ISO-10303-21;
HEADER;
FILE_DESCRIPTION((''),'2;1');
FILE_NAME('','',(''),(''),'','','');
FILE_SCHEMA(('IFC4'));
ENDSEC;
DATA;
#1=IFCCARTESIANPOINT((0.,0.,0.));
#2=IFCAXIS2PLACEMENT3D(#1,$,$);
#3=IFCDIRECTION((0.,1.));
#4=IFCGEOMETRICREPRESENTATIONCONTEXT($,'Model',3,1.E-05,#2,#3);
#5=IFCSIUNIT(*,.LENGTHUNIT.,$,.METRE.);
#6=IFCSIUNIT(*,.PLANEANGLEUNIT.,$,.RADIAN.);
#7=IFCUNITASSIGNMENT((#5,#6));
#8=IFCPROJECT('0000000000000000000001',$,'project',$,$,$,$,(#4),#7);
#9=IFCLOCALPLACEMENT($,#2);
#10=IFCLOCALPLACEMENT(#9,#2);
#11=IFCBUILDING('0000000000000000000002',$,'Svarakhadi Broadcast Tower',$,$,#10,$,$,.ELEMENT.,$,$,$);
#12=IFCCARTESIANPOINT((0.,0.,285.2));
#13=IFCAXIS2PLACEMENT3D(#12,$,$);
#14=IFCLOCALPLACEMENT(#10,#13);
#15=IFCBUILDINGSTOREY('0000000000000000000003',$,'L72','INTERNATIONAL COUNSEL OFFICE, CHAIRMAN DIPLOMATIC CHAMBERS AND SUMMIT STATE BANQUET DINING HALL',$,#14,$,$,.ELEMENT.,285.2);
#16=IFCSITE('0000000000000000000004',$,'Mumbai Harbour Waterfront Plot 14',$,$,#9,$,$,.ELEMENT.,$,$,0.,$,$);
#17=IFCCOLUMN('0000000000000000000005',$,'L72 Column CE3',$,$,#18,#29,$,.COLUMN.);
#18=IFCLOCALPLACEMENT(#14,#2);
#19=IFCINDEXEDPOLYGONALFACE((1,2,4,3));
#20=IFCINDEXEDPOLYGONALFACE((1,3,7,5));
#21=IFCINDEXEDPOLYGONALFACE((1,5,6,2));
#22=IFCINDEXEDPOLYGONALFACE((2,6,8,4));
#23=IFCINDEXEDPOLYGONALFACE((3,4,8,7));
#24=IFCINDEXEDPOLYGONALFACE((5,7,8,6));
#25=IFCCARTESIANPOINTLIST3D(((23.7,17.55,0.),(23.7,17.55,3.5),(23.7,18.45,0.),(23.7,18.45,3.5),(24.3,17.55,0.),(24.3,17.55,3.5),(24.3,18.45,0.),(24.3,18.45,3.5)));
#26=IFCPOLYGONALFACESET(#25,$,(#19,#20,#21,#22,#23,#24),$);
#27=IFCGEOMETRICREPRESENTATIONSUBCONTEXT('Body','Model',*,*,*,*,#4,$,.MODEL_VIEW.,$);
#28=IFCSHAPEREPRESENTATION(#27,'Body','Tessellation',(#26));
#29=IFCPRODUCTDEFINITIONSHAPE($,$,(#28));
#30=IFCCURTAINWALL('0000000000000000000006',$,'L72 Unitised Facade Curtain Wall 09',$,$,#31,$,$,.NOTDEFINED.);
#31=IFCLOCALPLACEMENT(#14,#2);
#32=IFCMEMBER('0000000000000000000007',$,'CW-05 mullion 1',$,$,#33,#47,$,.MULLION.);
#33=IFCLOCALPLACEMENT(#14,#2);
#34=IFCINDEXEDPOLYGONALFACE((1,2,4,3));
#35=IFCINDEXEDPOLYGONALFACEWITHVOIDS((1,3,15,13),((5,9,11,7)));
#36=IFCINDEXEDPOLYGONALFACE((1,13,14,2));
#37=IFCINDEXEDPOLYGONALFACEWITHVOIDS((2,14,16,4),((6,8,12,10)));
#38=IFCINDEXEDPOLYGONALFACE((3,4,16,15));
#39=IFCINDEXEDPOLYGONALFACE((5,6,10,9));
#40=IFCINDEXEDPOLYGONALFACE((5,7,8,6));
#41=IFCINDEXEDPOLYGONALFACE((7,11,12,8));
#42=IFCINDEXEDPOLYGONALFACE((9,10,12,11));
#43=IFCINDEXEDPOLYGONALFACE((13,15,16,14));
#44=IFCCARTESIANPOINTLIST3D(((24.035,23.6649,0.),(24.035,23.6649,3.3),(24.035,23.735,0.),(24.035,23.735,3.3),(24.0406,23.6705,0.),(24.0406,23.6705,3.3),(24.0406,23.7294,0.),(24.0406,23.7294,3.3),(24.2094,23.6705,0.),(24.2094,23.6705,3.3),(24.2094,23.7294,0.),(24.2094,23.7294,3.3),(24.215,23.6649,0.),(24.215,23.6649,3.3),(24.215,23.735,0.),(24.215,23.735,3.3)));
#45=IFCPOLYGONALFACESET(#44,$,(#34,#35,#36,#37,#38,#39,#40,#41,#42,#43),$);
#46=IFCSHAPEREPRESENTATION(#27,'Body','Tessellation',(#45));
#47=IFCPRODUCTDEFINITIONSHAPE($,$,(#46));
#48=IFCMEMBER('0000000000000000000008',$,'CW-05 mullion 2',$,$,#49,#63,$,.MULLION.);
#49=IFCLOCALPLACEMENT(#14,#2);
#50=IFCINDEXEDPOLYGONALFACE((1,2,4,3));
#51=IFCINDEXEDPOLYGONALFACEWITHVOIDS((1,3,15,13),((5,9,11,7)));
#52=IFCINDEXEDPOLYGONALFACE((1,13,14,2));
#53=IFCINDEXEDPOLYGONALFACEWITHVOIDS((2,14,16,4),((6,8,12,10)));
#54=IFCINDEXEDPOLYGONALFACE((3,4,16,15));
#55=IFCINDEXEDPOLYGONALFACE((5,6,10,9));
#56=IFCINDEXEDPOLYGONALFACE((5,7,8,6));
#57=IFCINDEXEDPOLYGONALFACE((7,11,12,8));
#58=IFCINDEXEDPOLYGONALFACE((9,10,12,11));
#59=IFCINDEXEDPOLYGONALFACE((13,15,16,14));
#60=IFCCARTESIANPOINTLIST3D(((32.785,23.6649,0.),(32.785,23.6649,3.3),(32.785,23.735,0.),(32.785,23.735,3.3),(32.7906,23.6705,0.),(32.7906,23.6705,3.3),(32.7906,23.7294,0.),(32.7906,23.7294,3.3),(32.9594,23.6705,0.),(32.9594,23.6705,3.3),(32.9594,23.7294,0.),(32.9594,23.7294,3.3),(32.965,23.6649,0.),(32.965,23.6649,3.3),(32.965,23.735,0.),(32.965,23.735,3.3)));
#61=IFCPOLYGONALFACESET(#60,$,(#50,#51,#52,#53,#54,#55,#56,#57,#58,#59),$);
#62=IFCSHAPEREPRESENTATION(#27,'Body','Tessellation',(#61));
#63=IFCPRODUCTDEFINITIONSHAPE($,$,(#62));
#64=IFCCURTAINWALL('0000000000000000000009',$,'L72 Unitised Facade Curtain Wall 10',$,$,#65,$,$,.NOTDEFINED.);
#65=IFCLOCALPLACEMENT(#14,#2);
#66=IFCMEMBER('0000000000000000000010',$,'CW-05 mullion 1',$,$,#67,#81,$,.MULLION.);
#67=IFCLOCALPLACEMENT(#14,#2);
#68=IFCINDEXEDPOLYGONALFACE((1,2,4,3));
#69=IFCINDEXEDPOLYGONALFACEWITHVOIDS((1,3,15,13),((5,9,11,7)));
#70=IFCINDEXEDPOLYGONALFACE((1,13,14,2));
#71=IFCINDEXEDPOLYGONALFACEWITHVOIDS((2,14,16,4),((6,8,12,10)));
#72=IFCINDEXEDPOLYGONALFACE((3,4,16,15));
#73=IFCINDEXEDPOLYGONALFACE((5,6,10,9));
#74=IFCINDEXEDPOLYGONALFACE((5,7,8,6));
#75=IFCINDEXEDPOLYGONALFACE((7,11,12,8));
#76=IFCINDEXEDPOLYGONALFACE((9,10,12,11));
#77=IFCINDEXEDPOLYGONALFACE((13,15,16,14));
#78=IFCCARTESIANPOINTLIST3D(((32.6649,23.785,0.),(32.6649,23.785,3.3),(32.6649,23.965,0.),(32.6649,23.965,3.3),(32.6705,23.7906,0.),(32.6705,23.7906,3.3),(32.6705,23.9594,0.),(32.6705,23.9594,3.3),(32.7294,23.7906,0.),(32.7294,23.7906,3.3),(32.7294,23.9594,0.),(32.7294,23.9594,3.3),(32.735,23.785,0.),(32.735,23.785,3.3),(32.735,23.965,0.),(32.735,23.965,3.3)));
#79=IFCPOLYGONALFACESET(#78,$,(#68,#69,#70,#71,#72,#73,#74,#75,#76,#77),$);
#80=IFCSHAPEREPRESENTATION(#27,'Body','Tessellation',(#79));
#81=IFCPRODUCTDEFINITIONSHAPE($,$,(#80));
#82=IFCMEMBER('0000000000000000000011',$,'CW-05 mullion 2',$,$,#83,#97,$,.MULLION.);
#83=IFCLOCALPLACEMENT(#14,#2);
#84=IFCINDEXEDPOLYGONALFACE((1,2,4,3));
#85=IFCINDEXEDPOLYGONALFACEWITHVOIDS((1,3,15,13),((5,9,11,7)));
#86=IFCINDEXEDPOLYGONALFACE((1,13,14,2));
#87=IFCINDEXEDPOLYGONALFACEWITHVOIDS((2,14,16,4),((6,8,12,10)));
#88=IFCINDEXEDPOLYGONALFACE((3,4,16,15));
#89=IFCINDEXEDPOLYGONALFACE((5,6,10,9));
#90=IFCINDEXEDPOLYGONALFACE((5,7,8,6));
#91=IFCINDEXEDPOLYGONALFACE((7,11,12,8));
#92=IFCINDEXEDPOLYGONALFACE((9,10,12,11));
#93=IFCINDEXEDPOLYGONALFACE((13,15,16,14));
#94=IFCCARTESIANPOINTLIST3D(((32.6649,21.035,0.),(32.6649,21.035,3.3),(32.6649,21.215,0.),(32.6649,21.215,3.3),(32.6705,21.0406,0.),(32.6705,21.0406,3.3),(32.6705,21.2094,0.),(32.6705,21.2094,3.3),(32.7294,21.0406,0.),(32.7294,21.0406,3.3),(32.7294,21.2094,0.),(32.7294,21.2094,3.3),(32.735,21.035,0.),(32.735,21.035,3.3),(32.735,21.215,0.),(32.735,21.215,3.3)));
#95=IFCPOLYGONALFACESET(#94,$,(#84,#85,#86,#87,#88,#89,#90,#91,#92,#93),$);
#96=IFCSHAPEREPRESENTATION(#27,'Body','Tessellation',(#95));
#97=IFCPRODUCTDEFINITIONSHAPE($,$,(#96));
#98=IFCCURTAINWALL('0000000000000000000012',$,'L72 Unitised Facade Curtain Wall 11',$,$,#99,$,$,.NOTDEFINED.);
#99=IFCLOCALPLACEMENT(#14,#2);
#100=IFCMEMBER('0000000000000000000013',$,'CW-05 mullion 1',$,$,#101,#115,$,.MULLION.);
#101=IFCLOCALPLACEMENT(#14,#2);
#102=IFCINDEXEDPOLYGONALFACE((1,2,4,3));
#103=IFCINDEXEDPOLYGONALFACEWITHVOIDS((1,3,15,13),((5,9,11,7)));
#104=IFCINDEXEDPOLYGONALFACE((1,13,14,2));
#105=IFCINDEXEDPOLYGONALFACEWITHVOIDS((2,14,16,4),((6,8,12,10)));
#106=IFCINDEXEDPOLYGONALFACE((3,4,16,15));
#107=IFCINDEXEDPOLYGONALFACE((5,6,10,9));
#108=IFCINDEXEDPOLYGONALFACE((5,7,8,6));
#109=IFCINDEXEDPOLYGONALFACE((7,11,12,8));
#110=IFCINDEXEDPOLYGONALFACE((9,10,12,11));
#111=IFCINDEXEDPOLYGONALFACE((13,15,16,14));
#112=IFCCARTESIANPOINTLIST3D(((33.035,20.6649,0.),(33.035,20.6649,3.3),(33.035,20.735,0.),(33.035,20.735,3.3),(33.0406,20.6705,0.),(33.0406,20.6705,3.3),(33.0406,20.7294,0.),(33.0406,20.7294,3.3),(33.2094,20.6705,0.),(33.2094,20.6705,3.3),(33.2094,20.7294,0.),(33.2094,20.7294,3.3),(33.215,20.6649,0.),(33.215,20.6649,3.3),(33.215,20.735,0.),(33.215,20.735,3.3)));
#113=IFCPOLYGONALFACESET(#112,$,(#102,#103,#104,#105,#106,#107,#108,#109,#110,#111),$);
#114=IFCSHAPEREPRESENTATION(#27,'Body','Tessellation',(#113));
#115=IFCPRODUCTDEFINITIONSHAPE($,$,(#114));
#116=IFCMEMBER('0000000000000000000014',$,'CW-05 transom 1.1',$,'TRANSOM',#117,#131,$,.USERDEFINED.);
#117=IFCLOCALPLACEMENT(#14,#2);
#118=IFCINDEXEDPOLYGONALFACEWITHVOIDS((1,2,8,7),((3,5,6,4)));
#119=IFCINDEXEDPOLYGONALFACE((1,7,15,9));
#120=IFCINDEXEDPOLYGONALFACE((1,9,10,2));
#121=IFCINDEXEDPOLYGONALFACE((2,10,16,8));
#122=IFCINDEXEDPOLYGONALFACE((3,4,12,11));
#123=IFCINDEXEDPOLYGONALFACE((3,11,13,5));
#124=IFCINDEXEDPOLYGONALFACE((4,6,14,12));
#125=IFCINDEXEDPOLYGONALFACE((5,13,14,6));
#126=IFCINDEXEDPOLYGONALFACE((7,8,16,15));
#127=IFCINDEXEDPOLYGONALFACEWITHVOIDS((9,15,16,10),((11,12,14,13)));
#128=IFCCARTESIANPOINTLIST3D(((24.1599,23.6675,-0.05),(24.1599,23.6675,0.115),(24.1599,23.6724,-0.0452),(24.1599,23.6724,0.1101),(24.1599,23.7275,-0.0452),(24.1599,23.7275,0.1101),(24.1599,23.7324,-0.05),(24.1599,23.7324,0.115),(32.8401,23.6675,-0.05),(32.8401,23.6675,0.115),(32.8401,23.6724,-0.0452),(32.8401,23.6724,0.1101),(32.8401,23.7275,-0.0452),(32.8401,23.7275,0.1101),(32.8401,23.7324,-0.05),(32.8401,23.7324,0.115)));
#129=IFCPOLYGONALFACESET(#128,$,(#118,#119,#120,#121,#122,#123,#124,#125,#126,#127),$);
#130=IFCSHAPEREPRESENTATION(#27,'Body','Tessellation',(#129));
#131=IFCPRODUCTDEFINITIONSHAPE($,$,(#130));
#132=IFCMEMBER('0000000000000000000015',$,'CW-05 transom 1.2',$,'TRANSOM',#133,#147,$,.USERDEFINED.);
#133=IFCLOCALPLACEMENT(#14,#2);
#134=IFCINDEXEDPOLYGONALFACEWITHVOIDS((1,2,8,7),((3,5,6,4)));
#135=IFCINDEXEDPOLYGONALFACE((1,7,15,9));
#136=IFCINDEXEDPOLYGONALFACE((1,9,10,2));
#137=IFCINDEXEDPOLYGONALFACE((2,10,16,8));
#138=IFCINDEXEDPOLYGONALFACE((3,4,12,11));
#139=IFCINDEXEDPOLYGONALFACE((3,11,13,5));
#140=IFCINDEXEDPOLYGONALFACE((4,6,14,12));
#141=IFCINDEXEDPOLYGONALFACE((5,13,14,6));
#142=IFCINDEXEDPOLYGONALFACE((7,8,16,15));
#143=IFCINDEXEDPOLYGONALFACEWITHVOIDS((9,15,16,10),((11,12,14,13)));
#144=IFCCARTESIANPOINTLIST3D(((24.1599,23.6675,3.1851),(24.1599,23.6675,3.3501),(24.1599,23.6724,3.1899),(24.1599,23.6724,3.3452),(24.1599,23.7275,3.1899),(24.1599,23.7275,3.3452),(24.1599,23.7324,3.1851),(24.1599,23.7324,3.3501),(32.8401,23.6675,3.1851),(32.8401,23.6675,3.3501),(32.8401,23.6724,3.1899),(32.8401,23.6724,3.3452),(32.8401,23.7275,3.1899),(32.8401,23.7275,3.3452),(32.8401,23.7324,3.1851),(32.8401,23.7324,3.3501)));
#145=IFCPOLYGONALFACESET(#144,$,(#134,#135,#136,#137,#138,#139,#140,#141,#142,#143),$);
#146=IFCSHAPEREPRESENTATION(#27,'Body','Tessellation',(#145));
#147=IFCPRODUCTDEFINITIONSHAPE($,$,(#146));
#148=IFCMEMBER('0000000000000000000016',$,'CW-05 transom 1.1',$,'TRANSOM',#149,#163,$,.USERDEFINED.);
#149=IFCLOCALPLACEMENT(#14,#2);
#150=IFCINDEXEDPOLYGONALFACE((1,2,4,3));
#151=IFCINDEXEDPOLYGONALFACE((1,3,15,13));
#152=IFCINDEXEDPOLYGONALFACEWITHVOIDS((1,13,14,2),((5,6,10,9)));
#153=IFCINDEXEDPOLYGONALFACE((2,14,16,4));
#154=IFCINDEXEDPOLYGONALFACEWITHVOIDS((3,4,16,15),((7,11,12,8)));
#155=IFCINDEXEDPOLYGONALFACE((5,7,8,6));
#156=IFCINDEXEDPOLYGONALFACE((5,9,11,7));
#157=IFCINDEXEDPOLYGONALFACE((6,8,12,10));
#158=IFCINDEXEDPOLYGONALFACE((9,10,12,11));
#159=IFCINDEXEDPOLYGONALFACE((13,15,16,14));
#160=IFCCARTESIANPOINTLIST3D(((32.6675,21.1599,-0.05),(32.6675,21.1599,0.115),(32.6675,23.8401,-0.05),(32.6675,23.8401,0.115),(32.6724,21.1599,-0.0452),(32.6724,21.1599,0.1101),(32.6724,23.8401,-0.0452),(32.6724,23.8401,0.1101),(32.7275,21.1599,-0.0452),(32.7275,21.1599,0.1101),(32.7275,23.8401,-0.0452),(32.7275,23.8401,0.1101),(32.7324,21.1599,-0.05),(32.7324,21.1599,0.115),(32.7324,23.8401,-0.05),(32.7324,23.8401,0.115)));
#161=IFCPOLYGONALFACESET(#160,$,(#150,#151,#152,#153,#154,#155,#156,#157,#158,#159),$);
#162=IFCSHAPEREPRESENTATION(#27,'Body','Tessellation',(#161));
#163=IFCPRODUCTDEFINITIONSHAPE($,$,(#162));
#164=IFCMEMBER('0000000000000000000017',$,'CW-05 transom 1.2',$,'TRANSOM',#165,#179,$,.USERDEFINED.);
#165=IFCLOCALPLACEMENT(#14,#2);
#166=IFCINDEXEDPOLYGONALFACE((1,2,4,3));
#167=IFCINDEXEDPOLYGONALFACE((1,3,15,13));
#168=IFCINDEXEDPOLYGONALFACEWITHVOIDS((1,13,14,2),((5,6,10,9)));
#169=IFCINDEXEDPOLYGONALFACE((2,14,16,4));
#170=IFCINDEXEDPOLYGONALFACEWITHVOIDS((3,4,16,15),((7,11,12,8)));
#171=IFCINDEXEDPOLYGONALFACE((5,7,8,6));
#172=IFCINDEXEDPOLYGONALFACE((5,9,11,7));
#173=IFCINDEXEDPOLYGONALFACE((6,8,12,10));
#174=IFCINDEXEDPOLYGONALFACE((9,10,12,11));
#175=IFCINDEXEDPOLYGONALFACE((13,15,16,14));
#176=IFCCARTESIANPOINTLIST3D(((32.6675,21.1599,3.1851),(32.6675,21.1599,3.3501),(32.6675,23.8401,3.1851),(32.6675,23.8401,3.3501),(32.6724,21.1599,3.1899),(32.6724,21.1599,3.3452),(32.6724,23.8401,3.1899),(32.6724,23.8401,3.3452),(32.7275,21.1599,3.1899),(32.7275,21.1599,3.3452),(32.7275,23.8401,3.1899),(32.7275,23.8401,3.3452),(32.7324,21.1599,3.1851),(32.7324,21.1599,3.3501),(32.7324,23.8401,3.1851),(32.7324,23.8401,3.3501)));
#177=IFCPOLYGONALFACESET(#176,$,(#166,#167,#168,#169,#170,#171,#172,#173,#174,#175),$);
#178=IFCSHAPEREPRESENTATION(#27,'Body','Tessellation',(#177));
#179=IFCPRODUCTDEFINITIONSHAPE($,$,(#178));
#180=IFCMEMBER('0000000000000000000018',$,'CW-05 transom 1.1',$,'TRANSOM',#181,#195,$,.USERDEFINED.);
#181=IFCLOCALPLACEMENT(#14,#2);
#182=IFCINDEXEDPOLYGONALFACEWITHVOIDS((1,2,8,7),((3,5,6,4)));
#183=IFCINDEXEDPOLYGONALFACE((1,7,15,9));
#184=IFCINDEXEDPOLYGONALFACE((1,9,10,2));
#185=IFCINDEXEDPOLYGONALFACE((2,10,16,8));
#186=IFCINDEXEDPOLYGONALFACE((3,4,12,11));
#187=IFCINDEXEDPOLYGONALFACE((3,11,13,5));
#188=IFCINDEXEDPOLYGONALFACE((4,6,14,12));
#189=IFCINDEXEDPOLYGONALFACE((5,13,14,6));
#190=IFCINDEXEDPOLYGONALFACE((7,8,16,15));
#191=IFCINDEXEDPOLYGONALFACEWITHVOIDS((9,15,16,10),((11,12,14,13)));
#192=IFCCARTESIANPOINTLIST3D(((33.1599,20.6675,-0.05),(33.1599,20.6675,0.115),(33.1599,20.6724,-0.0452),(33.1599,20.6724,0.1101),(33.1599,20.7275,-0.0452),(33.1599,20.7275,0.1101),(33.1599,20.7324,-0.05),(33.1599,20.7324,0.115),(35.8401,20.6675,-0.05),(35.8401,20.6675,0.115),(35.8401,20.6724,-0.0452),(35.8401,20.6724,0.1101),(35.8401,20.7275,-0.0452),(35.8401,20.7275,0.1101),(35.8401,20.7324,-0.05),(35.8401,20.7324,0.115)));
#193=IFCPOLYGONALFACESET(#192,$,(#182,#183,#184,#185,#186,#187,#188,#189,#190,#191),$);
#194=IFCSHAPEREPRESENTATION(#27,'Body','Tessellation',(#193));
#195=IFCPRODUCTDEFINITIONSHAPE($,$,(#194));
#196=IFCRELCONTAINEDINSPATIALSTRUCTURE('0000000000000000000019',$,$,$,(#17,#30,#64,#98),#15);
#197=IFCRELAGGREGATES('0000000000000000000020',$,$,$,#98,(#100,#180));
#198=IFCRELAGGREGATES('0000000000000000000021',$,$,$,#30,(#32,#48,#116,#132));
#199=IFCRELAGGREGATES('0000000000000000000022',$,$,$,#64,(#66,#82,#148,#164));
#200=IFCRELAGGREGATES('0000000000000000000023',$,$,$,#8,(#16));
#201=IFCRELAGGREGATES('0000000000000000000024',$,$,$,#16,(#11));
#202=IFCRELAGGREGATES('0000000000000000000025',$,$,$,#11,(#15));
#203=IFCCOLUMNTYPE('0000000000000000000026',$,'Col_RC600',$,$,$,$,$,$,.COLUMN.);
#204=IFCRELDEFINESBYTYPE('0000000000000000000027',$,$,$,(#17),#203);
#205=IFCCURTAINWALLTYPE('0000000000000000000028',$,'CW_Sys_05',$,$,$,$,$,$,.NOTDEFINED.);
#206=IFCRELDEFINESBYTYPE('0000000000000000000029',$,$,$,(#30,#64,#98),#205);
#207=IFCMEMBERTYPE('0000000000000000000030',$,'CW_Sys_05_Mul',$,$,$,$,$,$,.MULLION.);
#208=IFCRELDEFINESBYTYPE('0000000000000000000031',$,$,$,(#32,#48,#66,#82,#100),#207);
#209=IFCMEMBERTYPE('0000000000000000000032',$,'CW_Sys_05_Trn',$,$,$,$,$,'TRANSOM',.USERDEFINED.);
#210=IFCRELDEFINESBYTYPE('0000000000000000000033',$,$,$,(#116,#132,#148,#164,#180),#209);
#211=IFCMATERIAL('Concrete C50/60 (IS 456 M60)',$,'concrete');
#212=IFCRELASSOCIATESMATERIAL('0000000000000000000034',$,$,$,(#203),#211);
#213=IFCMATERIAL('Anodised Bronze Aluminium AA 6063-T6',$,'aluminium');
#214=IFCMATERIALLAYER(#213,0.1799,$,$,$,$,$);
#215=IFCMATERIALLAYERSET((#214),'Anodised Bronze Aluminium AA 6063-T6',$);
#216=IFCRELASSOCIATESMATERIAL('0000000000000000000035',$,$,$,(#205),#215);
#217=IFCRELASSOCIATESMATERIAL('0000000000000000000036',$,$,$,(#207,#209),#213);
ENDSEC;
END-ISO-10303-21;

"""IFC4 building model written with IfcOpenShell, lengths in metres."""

from ifc_helpers import new_model, si_unit, direction, frame, origin, origin_2d, place, context, subcontext, project, spatial, rectangle, hollow_rectangle, extrude, material, layer, layer_set, material_profile, profile_set, type_object, element, aggregate, save


model = new_model("IFC4")

# Units and contexts
model_context = context("Model", 3, precision=1e-05, world=origin(), true_north=direction((0.0, 1.0)))
body_context = subcontext(model_context, "Body", "Model", "MODEL_VIEW")
ifc_project = project(units=[si_unit("LENGTHUNIT", "METRE"), si_unit("PLANEANGLEUNIT", "RADIAN")], contexts=[model_context])

# Site, building, storey
site_placement = place(None, origin())
site = spatial("IfcSite", under=ifc_project, at=site_placement, Name="Mumbai Harbour Waterfront Plot 14", CompositionType="ELEMENT", RefElevation=0.0)
building_placement = place(site_placement, origin())
building = spatial("IfcBuilding", under=site, at=building_placement, Name="Svarakhadi Broadcast Tower", CompositionType="ELEMENT")
storey_placement = place(building_placement, frame((0.0, 0.0, 285.2)))
storey = spatial("IfcBuildingStorey", under=building, at=storey_placement, Name="L72", Description="INTERNATIONAL COUNSEL OFFICE, CHAIRMAN DIPLOMATIC CHAMBERS AND SUMMIT STATE BANQUET DINING HALL", CompositionType="ELEMENT", Elevation=285.2)

# Column
ifc_material_1 = material(Name="Concrete C50/60 (IS 456 M60)", Category="concrete")
ifc_material_profile_1 = material_profile(ifc_material_1, rectangle(XDim=0.6001, YDim=0.8999, at=origin_2d()), Name="RC 600x900")
ifc_profile_set_1 = profile_set([ifc_material_profile_1], Name="Concrete C50/60 (IS 456 M60)")
column_type = type_object("IfcColumnType", Name="Col_RC600", PredefinedType="COLUMN", material=ifc_profile_set_1)
column_placement = place(storey_placement, frame((24.0, 18.0, 0.0), z_axis=(0.0, 0.0, 1.0), x_axis=(1.0, 0.0, 0.0)))
element("IfcColumn", 1, at=column_placement, inside=storey, type_object=column_type, Name="L72 Column CE3", PredefinedType="COLUMN", context=body_context, shape_type="SweptSolid", body=[
    extrude(rectangle(XDim=0.6001, YDim=0.8999, at=origin_2d()), origin(), (0.0, 0.0, 1.0), 3.5),
])

# Curtain walls, members
ifc_material_2 = material(Name="Anodised Bronze Aluminium AA 6063-T6", Category="aluminium")
ifc_layer_1 = layer(ifc_material_2, 0.1799)
ifc_layer_set_1 = layer_set([ifc_layer_1], Name="Anodised Bronze Aluminium AA 6063-T6")
curtain_wall_type = type_object("IfcCurtainWallType", Name="CW_Sys_05", PredefinedType="NOTDEFINED", material=ifc_layer_set_1)
curtain_wall_1_placement = place(storey_placement, origin())
curtain_wall_1 = element("IfcCurtainWall", 2, at=curtain_wall_1_placement, inside=storey, type_object=curtain_wall_type, Name="L72 Unitised Facade Curtain Wall 09", PredefinedType="NOTDEFINED")
ifc_material_profile_2 = material_profile(ifc_material_2, hollow_rectangle(XDim=0.0701, YDim=0.1799, WallThickness=0.0056, at=origin_2d()), Name="ALU MULLION 180x70x6")
ifc_profile_set_2 = profile_set([ifc_material_profile_2], Name="Anodised Bronze Aluminium AA 6063-T6")
member_type_1 = type_object("IfcMemberType", Name="CW_Sys_05_Mul", PredefinedType="MULLION", material=ifc_profile_set_2)
member_1_placement = place(storey_placement, frame((24.125, 23.7, 0.0), z_axis=(0.0, 0.0, 1.0), x_axis=(0.0, 1.0, 0.0)))
member_1 = element("IfcMember", 3, at=member_1_placement, type_object=member_type_1, Name="CW-05 mullion 1", PredefinedType="MULLION", context=body_context, shape_type="SweptSolid", body=[
    extrude(hollow_rectangle(XDim=0.0701, YDim=0.1799, WallThickness=0.0056, at=origin_2d()), origin(), (0.0, 0.0, 1.0), 3.3),
])
member_2_placement = place(storey_placement, frame((32.875, 23.7, 0.0), z_axis=(0.0, 0.0, 1.0), x_axis=(0.0, 1.0, 0.0)))
member_2 = element("IfcMember", 4, at=member_2_placement, type_object=member_type_1, Name="CW-05 mullion 2", PredefinedType="MULLION", context=body_context, shape_type="SweptSolid", body=[
    extrude(hollow_rectangle(XDim=0.0701, YDim=0.1799, WallThickness=0.0056, at=origin_2d()), origin(), (0.0, 0.0, 1.0), 3.3),
])
curtain_wall_2_placement = place(storey_placement, origin())
curtain_wall_2 = element("IfcCurtainWall", 5, at=curtain_wall_2_placement, inside=storey, type_object=curtain_wall_type, Name="L72 Unitised Facade Curtain Wall 10", PredefinedType="NOTDEFINED")
member_3_placement = place(storey_placement, frame((32.7, 23.875, 0.0), z_axis=(0.0, 0.0, 1.0), x_axis=(1.0, 0.0, 0.0)))
member_3 = element("IfcMember", 6, at=member_3_placement, type_object=member_type_1, Name="CW-05 mullion 1", PredefinedType="MULLION", context=body_context, shape_type="SweptSolid", body=[
    extrude(hollow_rectangle(XDim=0.0701, YDim=0.1799, WallThickness=0.0056, at=origin_2d()), origin(), (0.0, 0.0, 1.0), 3.3),
])
member_4_placement = place(storey_placement, frame((32.7, 21.125, 0.0), z_axis=(0.0, 0.0, 1.0), x_axis=(1.0, 0.0, 0.0)))
member_4 = element("IfcMember", 7, at=member_4_placement, type_object=member_type_1, Name="CW-05 mullion 2", PredefinedType="MULLION", context=body_context, shape_type="SweptSolid", body=[
    extrude(hollow_rectangle(XDim=0.0701, YDim=0.1799, WallThickness=0.0056, at=origin_2d()), origin(), (0.0, 0.0, 1.0), 3.3),
])

# Curtain wall, member
curtain_wall_3_placement = place(storey_placement, origin())
curtain_wall_3 = element("IfcCurtainWall", 8, at=curtain_wall_3_placement, inside=storey, type_object=curtain_wall_type, Name="L72 Unitised Facade Curtain Wall 11", PredefinedType="NOTDEFINED")
member_5_placement = place(storey_placement, frame((33.125, 20.7, 0.0), z_axis=(0.0, 0.0, 1.0), x_axis=(0.0, 1.0, 0.0)))
member_5 = element("IfcMember", 9, at=member_5_placement, type_object=member_type_1, Name="CW-05 mullion 1", PredefinedType="MULLION", context=body_context, shape_type="SweptSolid", body=[
    extrude(hollow_rectangle(XDim=0.0701, YDim=0.1799, WallThickness=0.0056, at=origin_2d()), origin(), (0.0, 0.0, 1.0), 3.3),
])

# Members
ifc_material_profile_3 = material_profile(ifc_material_2, hollow_rectangle(XDim=0.0649, YDim=0.165, WallThickness=0.0049, at=origin_2d()), Name="ALU TRANSOM 165x65x5")
ifc_profile_set_3 = profile_set([ifc_material_profile_3], Name="Anodised Bronze Aluminium AA 6063-T6")
member_type_2 = type_object("IfcMemberType", Name="CW_Sys_05_Trn", ElementType="TRANSOM", PredefinedType="USERDEFINED", material=ifc_profile_set_3)
member_6_placement = place(storey_placement, frame((24.1599, 23.7, 0.0325), z_axis=(1.0, 0.0, 0.0), x_axis=(0.0, 1.0, 0.0)))
member_6 = element("IfcMember", 10, at=member_6_placement, type_object=member_type_2, Name="CW-05 transom 1.1", ObjectType="TRANSOM", PredefinedType="USERDEFINED", context=body_context, shape_type="SweptSolid", body=[
    extrude(hollow_rectangle(XDim=0.0649, YDim=0.165, WallThickness=0.0049, at=origin_2d()), origin(), (0.0, 0.0, 1.0), 8.6802),
])
member_7_placement = place(storey_placement, frame((24.1599, 23.7, 3.2676), z_axis=(1.0, 0.0, 0.0), x_axis=(0.0, 1.0, 0.0)))
member_7 = element("IfcMember", 11, at=member_7_placement, type_object=member_type_2, Name="CW-05 transom 1.2", ObjectType="TRANSOM", PredefinedType="USERDEFINED", context=body_context, shape_type="SweptSolid", body=[
    extrude(hollow_rectangle(XDim=0.0649, YDim=0.165, WallThickness=0.0049, at=origin_2d()), origin(), (0.0, 0.0, 1.0), 8.6802),
])
member_8_placement = place(storey_placement, frame((32.7, 23.8401, 0.0325), z_axis=(0.0, -1.0, 0.0), x_axis=(1.0, 0.0, 0.0)))
member_8 = element("IfcMember", 12, at=member_8_placement, type_object=member_type_2, Name="CW-05 transom 1.1", ObjectType="TRANSOM", PredefinedType="USERDEFINED", context=body_context, shape_type="SweptSolid", body=[
    extrude(hollow_rectangle(XDim=0.0649, YDim=0.165, WallThickness=0.0049, at=origin_2d()), origin(), (0.0, 0.0, 1.0), 2.6802),
])
member_9_placement = place(storey_placement, frame((32.7, 23.8401, 3.2676), z_axis=(0.0, -1.0, 0.0), x_axis=(1.0, 0.0, 0.0)))
member_9 = element("IfcMember", 13, at=member_9_placement, type_object=member_type_2, Name="CW-05 transom 1.2", ObjectType="TRANSOM", PredefinedType="USERDEFINED", context=body_context, shape_type="SweptSolid", body=[
    extrude(hollow_rectangle(XDim=0.0649, YDim=0.165, WallThickness=0.0049, at=origin_2d()), origin(), (0.0, 0.0, 1.0), 2.6802),
])
member_10_placement = place(storey_placement, frame((33.1599, 20.7, 0.0325), z_axis=(1.0, 0.0, 0.0), x_axis=(0.0, 1.0, 0.0)))
member_10 = element("IfcMember", 14, at=member_10_placement, type_object=member_type_2, Name="CW-05 transom 1.1", ObjectType="TRANSOM", PredefinedType="USERDEFINED", context=body_context, shape_type="SweptSolid", body=[
    extrude(hollow_rectangle(XDim=0.0649, YDim=0.165, WallThickness=0.0049, at=origin_2d()), origin(), (0.0, 0.0, 1.0), 2.6802),
])
aggregate(curtain_wall_3, [member_5, member_10])

aggregate(curtain_wall_1, [member_1, member_2, member_6, member_7])
aggregate(curtain_wall_2, [member_3, member_4, member_8, member_9])

save(model, "model.ifc")
